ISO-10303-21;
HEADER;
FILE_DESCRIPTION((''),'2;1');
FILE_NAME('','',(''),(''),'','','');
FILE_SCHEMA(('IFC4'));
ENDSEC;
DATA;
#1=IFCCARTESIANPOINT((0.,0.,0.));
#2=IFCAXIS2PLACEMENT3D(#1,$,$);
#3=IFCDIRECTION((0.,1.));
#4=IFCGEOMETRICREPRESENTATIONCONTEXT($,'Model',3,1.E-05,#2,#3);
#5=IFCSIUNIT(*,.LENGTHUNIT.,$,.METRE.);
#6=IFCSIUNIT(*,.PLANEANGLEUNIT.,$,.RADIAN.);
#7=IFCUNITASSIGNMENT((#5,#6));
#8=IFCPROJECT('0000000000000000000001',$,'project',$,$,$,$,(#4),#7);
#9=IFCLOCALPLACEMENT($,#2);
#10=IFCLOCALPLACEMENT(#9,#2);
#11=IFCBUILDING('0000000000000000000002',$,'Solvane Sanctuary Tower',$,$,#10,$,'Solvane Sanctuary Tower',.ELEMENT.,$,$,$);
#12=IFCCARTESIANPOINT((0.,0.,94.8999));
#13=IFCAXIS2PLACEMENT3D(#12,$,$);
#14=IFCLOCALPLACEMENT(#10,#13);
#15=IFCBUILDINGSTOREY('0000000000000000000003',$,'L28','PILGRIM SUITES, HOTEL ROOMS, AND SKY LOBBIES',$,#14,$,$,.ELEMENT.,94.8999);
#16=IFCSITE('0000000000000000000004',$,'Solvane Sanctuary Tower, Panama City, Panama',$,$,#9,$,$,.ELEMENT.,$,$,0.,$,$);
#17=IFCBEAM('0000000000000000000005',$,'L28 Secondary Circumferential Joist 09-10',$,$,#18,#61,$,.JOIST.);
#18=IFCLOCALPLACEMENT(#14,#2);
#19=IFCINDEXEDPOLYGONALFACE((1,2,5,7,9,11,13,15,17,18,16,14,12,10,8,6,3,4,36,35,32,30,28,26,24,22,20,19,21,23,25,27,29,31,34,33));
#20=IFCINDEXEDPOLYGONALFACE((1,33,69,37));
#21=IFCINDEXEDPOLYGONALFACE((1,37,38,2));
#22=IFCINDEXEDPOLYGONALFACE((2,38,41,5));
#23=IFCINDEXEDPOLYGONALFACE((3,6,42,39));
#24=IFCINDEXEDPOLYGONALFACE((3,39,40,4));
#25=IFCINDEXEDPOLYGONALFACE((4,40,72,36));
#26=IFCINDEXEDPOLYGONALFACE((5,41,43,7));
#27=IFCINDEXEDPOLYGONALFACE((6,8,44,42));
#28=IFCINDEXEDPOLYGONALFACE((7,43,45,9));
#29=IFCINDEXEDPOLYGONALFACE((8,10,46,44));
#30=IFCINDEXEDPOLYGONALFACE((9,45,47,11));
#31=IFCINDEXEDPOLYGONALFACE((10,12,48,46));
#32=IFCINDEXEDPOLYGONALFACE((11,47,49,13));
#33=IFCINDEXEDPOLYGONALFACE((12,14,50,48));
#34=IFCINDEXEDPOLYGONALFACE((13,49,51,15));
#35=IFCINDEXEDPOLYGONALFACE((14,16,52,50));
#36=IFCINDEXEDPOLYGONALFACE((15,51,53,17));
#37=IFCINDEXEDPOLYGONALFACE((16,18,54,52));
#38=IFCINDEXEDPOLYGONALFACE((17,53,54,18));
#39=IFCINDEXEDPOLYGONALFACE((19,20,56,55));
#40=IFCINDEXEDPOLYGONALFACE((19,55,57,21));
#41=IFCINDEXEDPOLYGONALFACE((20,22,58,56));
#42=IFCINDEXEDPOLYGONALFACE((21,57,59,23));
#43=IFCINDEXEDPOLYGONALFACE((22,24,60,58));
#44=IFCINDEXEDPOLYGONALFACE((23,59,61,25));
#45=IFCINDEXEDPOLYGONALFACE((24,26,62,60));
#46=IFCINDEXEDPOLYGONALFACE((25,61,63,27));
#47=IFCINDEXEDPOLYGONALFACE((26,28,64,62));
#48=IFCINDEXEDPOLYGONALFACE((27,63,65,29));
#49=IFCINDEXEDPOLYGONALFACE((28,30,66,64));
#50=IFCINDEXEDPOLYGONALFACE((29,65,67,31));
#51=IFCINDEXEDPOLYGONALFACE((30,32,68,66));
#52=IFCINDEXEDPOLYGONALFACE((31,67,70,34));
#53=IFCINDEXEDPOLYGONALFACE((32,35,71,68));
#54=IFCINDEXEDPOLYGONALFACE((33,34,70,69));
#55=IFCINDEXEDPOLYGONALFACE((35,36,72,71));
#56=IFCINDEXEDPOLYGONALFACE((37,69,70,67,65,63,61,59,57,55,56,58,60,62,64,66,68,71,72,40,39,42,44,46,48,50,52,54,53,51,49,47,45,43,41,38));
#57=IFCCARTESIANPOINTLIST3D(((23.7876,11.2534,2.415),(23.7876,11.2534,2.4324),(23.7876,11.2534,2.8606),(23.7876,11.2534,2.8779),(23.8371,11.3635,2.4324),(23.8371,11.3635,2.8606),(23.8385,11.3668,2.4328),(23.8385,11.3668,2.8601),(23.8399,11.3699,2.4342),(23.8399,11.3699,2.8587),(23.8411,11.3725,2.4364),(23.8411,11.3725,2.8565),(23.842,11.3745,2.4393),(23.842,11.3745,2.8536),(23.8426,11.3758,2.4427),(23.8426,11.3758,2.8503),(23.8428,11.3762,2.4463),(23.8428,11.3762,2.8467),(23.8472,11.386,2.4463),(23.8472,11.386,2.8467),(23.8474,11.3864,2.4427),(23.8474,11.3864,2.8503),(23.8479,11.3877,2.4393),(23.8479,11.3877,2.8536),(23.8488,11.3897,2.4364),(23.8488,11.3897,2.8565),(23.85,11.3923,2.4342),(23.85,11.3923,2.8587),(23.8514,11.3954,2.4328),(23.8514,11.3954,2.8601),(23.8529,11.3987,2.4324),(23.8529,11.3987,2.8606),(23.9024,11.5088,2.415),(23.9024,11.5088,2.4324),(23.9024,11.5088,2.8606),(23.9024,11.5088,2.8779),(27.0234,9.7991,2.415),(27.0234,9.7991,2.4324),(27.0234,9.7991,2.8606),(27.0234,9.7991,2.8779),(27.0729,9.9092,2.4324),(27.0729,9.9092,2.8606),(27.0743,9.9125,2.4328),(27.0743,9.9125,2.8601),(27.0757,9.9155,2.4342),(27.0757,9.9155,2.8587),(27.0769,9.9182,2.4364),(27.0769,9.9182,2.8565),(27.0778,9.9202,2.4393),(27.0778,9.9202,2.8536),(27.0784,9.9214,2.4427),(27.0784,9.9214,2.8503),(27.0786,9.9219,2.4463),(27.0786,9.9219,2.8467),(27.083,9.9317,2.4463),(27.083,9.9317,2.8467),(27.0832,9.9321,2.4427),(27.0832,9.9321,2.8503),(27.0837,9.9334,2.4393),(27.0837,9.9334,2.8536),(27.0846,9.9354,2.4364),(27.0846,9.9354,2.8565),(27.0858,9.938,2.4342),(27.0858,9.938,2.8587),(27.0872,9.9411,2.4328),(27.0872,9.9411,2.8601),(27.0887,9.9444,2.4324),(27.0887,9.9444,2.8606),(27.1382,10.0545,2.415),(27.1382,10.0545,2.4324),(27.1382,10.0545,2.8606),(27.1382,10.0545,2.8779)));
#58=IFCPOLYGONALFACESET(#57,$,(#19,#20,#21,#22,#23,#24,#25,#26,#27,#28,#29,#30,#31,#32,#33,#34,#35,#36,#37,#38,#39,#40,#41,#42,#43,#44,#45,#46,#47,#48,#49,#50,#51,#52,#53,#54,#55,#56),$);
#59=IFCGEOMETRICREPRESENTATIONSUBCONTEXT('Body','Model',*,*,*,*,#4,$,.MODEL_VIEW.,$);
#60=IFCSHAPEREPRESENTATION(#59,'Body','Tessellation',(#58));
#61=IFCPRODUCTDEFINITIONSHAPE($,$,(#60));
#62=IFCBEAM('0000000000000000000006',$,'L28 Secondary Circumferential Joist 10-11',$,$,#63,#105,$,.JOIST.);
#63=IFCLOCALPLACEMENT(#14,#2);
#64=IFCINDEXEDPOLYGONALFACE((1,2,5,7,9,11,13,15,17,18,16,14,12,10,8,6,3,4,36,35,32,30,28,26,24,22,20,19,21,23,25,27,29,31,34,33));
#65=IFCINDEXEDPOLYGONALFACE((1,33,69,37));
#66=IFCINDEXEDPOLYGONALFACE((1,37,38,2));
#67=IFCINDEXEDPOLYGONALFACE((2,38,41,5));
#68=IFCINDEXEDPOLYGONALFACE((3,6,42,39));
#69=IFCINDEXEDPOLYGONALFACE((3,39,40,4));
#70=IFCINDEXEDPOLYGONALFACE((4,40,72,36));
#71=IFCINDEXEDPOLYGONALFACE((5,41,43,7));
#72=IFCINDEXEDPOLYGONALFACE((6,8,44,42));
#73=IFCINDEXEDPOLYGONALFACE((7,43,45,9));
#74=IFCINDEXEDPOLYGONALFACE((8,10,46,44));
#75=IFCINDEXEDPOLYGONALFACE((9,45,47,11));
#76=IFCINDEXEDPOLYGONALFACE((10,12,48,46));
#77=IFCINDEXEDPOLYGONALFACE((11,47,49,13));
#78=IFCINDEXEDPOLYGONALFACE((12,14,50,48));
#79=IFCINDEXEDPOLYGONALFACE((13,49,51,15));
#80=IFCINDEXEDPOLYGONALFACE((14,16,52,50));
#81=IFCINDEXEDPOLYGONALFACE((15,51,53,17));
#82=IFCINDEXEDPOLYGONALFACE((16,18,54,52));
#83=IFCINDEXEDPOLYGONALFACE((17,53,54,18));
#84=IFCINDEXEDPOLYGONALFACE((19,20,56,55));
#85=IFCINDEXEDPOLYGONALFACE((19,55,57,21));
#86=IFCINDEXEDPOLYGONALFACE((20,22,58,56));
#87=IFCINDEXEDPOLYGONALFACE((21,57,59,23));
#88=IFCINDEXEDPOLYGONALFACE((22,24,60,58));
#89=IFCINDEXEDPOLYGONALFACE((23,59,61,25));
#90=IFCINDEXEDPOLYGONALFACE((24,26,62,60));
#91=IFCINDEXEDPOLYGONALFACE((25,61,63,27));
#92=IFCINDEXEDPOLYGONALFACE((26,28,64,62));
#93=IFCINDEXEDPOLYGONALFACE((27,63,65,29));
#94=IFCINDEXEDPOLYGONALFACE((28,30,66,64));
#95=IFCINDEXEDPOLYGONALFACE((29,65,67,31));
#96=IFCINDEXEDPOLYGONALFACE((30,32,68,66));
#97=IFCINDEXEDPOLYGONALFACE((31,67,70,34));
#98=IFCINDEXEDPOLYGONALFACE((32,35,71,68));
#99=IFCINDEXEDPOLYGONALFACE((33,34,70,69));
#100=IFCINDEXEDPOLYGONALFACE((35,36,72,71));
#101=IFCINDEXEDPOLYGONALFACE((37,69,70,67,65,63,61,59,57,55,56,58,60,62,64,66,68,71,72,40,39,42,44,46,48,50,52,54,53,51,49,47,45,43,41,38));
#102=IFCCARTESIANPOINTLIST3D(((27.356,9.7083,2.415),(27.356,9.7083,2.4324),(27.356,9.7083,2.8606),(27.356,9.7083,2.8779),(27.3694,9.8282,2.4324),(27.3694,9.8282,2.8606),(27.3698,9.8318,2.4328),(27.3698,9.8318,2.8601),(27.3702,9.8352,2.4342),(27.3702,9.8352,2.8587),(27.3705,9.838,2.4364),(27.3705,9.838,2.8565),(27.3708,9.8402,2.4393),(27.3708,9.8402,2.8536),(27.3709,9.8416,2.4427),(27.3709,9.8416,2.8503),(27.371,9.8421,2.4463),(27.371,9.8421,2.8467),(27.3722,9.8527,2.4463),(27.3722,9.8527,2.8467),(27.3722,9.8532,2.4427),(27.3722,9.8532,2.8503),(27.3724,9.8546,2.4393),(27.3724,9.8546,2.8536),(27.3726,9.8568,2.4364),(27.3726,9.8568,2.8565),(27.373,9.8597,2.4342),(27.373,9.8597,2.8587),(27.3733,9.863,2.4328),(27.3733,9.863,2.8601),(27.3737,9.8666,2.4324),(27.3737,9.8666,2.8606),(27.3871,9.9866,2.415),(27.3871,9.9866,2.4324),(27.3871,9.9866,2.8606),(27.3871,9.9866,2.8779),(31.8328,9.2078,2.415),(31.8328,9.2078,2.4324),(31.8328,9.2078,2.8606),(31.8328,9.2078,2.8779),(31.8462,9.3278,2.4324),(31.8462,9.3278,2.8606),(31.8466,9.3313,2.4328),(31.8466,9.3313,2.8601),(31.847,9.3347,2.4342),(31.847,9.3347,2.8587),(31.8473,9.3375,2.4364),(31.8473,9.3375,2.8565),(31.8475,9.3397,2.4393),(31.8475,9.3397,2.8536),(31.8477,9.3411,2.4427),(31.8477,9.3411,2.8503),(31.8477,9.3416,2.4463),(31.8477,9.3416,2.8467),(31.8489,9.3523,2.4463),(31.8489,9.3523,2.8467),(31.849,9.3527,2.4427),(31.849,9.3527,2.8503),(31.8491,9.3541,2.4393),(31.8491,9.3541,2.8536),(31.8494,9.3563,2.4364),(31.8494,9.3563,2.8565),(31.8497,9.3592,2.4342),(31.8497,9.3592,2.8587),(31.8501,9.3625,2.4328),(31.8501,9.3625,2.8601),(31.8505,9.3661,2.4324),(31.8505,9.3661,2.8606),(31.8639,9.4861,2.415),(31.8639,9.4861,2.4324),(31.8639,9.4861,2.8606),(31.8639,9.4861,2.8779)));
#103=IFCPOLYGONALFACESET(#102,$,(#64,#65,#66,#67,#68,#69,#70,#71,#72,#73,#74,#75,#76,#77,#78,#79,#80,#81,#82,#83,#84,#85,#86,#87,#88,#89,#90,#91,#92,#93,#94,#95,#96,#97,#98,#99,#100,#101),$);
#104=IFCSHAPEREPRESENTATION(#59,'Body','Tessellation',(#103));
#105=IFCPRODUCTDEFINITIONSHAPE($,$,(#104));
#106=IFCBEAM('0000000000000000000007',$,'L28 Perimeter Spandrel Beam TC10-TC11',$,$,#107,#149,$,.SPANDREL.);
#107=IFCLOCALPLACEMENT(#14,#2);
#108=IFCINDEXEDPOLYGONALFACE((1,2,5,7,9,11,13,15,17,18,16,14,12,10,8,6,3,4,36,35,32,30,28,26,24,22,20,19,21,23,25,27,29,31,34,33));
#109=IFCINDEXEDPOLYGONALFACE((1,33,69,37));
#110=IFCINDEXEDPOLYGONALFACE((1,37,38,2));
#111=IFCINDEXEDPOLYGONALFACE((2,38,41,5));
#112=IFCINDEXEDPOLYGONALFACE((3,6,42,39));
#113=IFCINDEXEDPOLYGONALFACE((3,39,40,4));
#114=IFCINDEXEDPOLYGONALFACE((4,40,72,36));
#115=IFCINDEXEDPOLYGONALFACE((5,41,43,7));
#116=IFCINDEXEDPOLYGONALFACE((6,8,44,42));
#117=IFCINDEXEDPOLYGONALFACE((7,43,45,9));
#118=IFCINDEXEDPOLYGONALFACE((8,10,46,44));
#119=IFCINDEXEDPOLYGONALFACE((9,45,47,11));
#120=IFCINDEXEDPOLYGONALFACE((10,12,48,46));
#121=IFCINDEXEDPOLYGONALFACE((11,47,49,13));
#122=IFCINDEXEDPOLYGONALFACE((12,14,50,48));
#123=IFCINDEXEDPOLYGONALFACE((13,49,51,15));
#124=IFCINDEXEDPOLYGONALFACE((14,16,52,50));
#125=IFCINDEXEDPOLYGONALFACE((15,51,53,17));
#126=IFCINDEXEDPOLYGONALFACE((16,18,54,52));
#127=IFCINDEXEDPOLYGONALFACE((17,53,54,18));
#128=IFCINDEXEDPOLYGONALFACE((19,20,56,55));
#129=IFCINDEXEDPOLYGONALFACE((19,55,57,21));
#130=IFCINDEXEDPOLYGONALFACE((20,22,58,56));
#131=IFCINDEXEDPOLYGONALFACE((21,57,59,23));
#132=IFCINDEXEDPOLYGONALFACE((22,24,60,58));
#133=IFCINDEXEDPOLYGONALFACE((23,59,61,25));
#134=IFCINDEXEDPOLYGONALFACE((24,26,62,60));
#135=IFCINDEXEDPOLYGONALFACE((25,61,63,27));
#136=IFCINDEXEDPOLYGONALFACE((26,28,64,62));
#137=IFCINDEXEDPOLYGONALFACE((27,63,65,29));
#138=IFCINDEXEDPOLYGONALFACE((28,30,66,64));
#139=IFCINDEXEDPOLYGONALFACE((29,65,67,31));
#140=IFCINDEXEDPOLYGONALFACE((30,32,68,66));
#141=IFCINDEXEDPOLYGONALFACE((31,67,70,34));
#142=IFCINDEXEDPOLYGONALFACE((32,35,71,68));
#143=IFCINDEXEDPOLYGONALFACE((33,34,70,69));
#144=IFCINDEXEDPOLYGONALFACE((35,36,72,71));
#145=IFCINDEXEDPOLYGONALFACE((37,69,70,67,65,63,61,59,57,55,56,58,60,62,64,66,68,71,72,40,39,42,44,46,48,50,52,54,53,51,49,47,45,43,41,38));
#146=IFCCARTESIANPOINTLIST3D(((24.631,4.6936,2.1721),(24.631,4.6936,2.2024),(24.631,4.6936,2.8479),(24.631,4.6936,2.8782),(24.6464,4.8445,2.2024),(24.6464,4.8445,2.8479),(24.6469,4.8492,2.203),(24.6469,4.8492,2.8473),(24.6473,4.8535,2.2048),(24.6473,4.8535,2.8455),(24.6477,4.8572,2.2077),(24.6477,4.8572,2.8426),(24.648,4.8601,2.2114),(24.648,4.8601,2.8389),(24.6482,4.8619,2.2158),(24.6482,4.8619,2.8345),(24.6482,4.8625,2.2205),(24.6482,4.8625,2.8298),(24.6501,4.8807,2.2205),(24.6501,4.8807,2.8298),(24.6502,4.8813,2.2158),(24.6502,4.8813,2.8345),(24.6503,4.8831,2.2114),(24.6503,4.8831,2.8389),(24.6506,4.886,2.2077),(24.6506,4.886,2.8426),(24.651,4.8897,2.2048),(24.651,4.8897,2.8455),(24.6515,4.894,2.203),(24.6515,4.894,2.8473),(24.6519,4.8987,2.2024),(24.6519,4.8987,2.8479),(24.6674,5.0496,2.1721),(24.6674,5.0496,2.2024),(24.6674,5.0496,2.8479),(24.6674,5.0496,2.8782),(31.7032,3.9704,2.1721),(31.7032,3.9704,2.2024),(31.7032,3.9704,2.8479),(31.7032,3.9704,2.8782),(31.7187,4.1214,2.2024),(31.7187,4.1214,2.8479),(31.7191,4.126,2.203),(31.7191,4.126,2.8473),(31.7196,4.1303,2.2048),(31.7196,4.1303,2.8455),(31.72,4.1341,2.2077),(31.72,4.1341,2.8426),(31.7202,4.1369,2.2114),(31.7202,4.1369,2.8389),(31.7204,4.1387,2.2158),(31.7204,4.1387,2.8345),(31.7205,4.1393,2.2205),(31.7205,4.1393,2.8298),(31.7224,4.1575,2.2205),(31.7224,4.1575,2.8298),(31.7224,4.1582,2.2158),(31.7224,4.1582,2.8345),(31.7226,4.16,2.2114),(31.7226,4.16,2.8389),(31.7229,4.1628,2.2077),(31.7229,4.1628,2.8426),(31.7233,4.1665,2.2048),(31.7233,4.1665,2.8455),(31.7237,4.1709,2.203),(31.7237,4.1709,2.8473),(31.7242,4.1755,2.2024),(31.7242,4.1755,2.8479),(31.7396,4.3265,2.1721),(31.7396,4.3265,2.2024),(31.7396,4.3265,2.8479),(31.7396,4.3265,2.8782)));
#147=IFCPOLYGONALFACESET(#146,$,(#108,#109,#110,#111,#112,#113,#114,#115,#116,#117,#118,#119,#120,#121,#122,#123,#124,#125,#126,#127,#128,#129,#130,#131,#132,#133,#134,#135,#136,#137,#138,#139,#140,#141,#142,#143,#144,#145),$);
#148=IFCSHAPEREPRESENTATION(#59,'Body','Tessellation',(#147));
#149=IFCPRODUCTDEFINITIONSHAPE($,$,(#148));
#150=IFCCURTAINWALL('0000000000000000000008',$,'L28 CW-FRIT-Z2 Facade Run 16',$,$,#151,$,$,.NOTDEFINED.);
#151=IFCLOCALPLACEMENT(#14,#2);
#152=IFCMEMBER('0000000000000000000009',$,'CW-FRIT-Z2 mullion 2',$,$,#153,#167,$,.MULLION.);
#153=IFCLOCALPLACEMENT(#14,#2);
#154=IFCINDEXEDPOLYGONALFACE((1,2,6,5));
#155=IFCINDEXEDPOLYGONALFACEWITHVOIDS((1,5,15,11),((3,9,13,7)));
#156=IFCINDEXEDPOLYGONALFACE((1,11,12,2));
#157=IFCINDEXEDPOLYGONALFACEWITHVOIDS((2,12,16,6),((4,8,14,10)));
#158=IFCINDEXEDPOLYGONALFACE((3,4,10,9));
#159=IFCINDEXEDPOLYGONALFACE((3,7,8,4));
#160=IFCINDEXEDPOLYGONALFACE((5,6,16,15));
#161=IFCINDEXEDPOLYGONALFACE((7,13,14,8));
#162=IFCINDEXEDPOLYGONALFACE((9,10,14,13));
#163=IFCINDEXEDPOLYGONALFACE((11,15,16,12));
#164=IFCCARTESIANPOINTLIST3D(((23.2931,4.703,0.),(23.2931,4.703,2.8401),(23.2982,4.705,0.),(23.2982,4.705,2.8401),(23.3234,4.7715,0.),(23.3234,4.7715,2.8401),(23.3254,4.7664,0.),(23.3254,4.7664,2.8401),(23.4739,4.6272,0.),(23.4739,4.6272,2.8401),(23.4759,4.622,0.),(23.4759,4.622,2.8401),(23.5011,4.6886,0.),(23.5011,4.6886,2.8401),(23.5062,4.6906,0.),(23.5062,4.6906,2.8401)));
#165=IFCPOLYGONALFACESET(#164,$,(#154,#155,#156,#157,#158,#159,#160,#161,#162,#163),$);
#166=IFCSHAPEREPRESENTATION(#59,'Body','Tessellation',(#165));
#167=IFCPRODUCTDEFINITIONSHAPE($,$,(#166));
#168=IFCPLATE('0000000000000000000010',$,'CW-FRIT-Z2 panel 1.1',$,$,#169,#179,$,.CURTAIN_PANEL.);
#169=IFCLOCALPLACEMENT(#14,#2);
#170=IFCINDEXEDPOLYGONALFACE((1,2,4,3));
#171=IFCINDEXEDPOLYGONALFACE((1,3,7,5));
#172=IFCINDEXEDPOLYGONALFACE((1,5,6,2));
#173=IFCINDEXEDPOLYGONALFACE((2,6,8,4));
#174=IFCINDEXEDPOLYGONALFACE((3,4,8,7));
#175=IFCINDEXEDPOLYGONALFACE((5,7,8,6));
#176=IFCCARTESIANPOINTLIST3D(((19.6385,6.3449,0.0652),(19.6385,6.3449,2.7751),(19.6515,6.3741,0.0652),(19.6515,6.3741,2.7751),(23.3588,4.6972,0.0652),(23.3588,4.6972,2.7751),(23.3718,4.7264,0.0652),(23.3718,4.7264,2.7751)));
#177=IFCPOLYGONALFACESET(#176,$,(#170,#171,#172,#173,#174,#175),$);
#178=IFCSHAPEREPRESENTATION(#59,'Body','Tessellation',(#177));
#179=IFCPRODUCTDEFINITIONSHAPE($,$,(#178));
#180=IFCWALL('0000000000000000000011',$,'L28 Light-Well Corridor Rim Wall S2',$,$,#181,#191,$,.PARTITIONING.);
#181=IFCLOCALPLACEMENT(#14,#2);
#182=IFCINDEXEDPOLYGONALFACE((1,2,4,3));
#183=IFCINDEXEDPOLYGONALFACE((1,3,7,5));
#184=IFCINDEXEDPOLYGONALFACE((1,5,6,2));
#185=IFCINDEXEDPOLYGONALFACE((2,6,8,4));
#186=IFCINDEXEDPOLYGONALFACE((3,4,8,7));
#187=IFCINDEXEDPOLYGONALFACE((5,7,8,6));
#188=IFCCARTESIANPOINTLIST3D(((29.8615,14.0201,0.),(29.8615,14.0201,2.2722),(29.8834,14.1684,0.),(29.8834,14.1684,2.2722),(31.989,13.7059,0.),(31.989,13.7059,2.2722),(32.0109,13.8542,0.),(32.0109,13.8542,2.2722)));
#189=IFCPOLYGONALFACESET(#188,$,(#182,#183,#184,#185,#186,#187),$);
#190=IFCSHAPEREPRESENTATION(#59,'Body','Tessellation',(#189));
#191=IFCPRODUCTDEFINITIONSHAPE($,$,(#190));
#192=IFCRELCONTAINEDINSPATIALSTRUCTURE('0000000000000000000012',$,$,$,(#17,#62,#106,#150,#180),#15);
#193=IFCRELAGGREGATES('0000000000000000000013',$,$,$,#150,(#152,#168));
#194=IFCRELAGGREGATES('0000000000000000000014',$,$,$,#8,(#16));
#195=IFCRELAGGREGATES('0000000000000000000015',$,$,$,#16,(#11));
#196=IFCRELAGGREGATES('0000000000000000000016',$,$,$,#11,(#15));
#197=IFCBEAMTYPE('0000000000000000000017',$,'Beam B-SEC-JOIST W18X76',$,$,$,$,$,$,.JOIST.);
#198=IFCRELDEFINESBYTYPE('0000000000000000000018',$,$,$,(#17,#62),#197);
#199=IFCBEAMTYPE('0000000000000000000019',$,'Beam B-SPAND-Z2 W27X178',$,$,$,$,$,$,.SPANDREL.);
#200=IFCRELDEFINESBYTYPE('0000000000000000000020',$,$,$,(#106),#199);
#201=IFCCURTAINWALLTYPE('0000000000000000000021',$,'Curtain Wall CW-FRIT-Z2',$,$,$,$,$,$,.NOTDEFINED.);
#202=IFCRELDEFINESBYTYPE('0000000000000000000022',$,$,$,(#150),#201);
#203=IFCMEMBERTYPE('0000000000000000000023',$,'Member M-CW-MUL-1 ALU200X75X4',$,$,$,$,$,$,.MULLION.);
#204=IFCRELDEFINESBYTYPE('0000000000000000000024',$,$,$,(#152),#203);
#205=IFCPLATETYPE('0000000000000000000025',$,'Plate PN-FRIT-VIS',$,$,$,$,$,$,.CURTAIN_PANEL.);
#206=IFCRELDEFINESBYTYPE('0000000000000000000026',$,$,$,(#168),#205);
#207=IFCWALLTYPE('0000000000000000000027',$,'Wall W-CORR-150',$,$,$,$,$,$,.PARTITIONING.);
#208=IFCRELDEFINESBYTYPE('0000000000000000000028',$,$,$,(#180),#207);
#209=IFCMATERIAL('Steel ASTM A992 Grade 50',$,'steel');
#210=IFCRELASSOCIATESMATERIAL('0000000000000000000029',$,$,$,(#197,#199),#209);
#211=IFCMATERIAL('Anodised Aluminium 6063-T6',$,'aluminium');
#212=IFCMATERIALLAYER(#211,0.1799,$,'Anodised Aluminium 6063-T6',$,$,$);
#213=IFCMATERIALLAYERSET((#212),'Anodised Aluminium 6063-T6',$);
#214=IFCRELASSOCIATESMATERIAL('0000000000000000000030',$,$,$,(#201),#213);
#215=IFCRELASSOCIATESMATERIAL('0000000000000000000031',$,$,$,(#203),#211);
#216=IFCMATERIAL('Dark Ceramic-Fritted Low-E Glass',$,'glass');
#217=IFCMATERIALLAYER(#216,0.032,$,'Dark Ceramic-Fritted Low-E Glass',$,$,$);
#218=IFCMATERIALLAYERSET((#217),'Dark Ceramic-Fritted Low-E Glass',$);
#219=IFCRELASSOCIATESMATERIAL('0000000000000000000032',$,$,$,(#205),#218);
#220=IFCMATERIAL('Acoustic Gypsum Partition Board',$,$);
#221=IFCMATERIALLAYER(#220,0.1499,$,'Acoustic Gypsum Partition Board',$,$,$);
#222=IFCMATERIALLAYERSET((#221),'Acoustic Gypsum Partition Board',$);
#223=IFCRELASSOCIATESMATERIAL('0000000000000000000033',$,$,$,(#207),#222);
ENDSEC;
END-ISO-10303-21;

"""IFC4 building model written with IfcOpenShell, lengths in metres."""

from ifc_helpers import new_model, si_unit, direction, frame, frame_2d, origin, origin_2d, place, context, subcontext, project, spatial, rectangle, hollow_rectangle, i_section, extrude, material, layer, layer_set, material_profile, profile_set, type_object, element, aggregate, save


model = new_model("IFC4")

# Units and contexts
model_context = context("Model", 3, precision=1e-05, world=origin(), true_north=direction((0.0, 1.0)))
body_context = subcontext(model_context, "Body", "Model", "MODEL_VIEW")
ifc_project = project(units=[si_unit("LENGTHUNIT", "METRE"), si_unit("PLANEANGLEUNIT", "RADIAN")], contexts=[model_context])

# Site, building, storey
site_placement = place(None, origin())
site = spatial("IfcSite", under=ifc_project, at=site_placement, Name="Solvane Sanctuary Tower, Panama City, Panama", CompositionType="ELEMENT", RefElevation=0.0)
building_placement = place(site_placement, origin())
building = spatial("IfcBuilding", under=site, at=building_placement, Name="Solvane Sanctuary Tower", LongName="Solvane Sanctuary Tower", CompositionType="ELEMENT")
storey_placement = place(building_placement, frame((0.0, 0.0, 94.8999)))
storey = spatial("IfcBuildingStorey", under=building, at=storey_placement, Name="L28", Description="PILGRIM SUITES, HOTEL ROOMS, AND SKY LOBBIES", CompositionType="ELEMENT", Elevation=94.8999)

# Beams
ifc_material_1 = material(Name="Steel ASTM A992 Grade 50", Category="steel")
ifc_material_profile_1 = material_profile(ifc_material_1, i_section(OverallWidth=0.28, OverallDepth=0.4629, WebThickness=0.0107, FlangeThickness=0.0173, FilletRadius=0.0139, at=origin_2d()), Name="W18X76")
ifc_profile_set_1 = profile_set([ifc_material_profile_1], Name="Steel ASTM A992 Grade 50")
beam_type_1 = type_object("IfcBeamType", Name="Beam B-SEC-JOIST W18X76", PredefinedType="JOIST", material=ifc_profile_set_1)
beam_1_placement = place(storey_placement, frame((23.845, 11.3811, 2.6465), z_axis=(0.912109, -0.409947, 0.0), x_axis=(0.409947, 0.912109, 0.0)))
element("IfcBeam", 1, at=beam_1_placement, inside=storey, type_object=beam_type_1, Name="L28 Secondary Circumferential Joist 09-10", PredefinedType="JOIST", context=body_context, shape_type="SweptSolid", body=[
    extrude(i_section(OverallWidth=0.28, OverallDepth=0.4629, WebThickness=0.0107, FlangeThickness=0.0173, FilletRadius=0.0139, at=origin_2d()), origin(), (0.0, 0.0, 1.0), 3.5476),
])
beam_2_placement = place(storey_placement, frame((27.3716, 9.8474, 2.6465), z_axis=(0.993809, -0.111104, 0.0), x_axis=(0.111104, 0.993809, 0.0)))
element("IfcBeam", 2, at=beam_2_placement, inside=storey, type_object=beam_type_1, Name="L28 Secondary Circumferential Joist 10-11", PredefinedType="JOIST", context=body_context, shape_type="SweptSolid", body=[
    extrude(i_section(OverallWidth=0.28, OverallDepth=0.4629, WebThickness=0.0107, FlangeThickness=0.0173, FilletRadius=0.0139, at=origin_2d()), origin(), (0.0, 0.0, 1.0), 4.5046),
])
ifc_material_profile_2 = material_profile(ifc_material_1, i_section(OverallWidth=0.3579, OverallDepth=0.7061, WebThickness=0.0183, FlangeThickness=0.0303, FilletRadius=0.0181, at=origin_2d()), Name="W27X178")
ifc_profile_set_2 = profile_set([ifc_material_profile_2], Name="Steel ASTM A992 Grade 50")
beam_type_2 = type_object("IfcBeamType", Name="Beam B-SPAND-Z2 W27X178", PredefinedType="SPANDREL", material=ifc_profile_set_2)
beam_3_placement = place(storey_placement, frame((24.6492, 4.8716, 2.5251), z_axis=(0.994813, -0.10172, 0.0), x_axis=(0.10172, 0.994813, 0.0)))
element("IfcBeam", 3, at=beam_3_placement, inside=storey, type_object=beam_type_2, Name="L28 Perimeter Spandrel Beam TC10-TC11", PredefinedType="SPANDREL", context=body_context, shape_type="SweptSolid", body=[
    extrude(i_section(OverallWidth=0.3579, OverallDepth=0.7061, WebThickness=0.0183, FlangeThickness=0.0303, FilletRadius=0.0181, at=origin_2d()), origin(), (0.0, 0.0, 1.0), 7.1091),
])

# Curtain wall, member, plate
ifc_material_2 = material(Name="Anodised Aluminium 6063-T6", Category="aluminium")
ifc_layer_1 = layer(ifc_material_2, 0.1799, Name="Anodised Aluminium 6063-T6")
ifc_layer_set_1 = layer_set([ifc_layer_1], Name="Anodised Aluminium 6063-T6")
curtain_wall_type = type_object("IfcCurtainWallType", Name="Curtain Wall CW-FRIT-Z2", PredefinedType="NOTDEFINED", material=ifc_layer_set_1)
curtain_wall_placement = place(storey_placement, origin())
curtain_wall = element("IfcCurtainWall", 4, at=curtain_wall_placement, inside=storey, type_object=curtain_wall_type, Name="L28 CW-FRIT-Z2 Facade Run 16", PredefinedType="NOTDEFINED")
ifc_material_profile_3 = material_profile(ifc_material_2, hollow_rectangle(XDim=0.075, YDim=0.2, WallThickness=0.0039, at=origin_2d()), Name="ALU200X75X4")
ifc_profile_set_3 = profile_set([ifc_material_profile_3], Name="Anodised Aluminium 6063-T6")
member_type = type_object("IfcMemberType", Name="Member M-CW-MUL-1 ALU200X75X4", PredefinedType="MULLION", material=ifc_profile_set_3)
member_placement = place(storey_placement, frame((23.3997, 4.6968, 0.0), z_axis=(0.0, 0.0, 1.0), x_axis=(0.404951, 0.914339, 0.0)))
member = element("IfcMember", 5, at=member_placement, type_object=member_type, Name="CW-FRIT-Z2 mullion 2", PredefinedType="MULLION", context=body_context, shape_type="SweptSolid", body=[
    extrude(hollow_rectangle(XDim=0.075, YDim=0.2, WallThickness=0.0039, at=origin_2d()), origin(), (0.0, 0.0, 1.0), 2.8401),
])
ifc_material_3 = material(Name="Dark Ceramic-Fritted Low-E Glass", Category="glass")
ifc_layer_2 = layer(ifc_material_3, 0.032, Name="Dark Ceramic-Fritted Low-E Glass")
ifc_layer_set_2 = layer_set([ifc_layer_2], Name="Dark Ceramic-Fritted Low-E Glass")
plate_type = type_object("IfcPlateType", Name="Plate PN-FRIT-VIS", PredefinedType="CURTAIN_PANEL", material=ifc_layer_set_2)
plate_placement = place(storey_placement, frame((21.5051, 5.5356, 0.0652), z_axis=(0.0, 0.0, 1.0), x_axis=(0.914339, -0.404951, 0.0)))
plate = element("IfcPlate", 6, at=plate_placement, type_object=plate_type, Name="CW-FRIT-Z2 panel 1.1", PredefinedType="CURTAIN_PANEL", context=body_context, shape_type="SweptSolid", body=[
    extrude(rectangle(XDim=4.0688, YDim=0.032, at=origin_2d()), origin(), (0.0, 0.0, 1.0), 2.71),
])
aggregate(curtain_wall, [member, plate])

# Wall
ifc_material_4 = material(Name="Acoustic Gypsum Partition Board")
ifc_layer_3 = layer(ifc_material_4, 0.1499, Name="Acoustic Gypsum Partition Board")
ifc_layer_set_3 = layer_set([ifc_layer_3], Name="Acoustic Gypsum Partition Board")
wall_type_1 = type_object("IfcWallType", Name="Wall W-CORR-150", PredefinedType="PARTITIONING", material=ifc_layer_set_3)
wall_1_placement = place(storey_placement, frame((29.8726, 14.0942, 0.0), z_axis=(0.0, 0.0, 1.0), x_axis=(0.989269, -0.146108, 0.0)))
element("IfcWall", 7, at=wall_1_placement, inside=storey, type_object=wall_type_1, Name="L28 Light-Well Corridor Rim Wall S2", PredefinedType="PARTITIONING", context=body_context, shape_type="SweptSolid", body=[
    extrude(rectangle(XDim=2.1506, YDim=0.1499, at=frame_2d((1.0752, 0.0))), origin(), (0.0, 0.0, 1.0), 2.2722),
])

save(model, "model.ifc")
